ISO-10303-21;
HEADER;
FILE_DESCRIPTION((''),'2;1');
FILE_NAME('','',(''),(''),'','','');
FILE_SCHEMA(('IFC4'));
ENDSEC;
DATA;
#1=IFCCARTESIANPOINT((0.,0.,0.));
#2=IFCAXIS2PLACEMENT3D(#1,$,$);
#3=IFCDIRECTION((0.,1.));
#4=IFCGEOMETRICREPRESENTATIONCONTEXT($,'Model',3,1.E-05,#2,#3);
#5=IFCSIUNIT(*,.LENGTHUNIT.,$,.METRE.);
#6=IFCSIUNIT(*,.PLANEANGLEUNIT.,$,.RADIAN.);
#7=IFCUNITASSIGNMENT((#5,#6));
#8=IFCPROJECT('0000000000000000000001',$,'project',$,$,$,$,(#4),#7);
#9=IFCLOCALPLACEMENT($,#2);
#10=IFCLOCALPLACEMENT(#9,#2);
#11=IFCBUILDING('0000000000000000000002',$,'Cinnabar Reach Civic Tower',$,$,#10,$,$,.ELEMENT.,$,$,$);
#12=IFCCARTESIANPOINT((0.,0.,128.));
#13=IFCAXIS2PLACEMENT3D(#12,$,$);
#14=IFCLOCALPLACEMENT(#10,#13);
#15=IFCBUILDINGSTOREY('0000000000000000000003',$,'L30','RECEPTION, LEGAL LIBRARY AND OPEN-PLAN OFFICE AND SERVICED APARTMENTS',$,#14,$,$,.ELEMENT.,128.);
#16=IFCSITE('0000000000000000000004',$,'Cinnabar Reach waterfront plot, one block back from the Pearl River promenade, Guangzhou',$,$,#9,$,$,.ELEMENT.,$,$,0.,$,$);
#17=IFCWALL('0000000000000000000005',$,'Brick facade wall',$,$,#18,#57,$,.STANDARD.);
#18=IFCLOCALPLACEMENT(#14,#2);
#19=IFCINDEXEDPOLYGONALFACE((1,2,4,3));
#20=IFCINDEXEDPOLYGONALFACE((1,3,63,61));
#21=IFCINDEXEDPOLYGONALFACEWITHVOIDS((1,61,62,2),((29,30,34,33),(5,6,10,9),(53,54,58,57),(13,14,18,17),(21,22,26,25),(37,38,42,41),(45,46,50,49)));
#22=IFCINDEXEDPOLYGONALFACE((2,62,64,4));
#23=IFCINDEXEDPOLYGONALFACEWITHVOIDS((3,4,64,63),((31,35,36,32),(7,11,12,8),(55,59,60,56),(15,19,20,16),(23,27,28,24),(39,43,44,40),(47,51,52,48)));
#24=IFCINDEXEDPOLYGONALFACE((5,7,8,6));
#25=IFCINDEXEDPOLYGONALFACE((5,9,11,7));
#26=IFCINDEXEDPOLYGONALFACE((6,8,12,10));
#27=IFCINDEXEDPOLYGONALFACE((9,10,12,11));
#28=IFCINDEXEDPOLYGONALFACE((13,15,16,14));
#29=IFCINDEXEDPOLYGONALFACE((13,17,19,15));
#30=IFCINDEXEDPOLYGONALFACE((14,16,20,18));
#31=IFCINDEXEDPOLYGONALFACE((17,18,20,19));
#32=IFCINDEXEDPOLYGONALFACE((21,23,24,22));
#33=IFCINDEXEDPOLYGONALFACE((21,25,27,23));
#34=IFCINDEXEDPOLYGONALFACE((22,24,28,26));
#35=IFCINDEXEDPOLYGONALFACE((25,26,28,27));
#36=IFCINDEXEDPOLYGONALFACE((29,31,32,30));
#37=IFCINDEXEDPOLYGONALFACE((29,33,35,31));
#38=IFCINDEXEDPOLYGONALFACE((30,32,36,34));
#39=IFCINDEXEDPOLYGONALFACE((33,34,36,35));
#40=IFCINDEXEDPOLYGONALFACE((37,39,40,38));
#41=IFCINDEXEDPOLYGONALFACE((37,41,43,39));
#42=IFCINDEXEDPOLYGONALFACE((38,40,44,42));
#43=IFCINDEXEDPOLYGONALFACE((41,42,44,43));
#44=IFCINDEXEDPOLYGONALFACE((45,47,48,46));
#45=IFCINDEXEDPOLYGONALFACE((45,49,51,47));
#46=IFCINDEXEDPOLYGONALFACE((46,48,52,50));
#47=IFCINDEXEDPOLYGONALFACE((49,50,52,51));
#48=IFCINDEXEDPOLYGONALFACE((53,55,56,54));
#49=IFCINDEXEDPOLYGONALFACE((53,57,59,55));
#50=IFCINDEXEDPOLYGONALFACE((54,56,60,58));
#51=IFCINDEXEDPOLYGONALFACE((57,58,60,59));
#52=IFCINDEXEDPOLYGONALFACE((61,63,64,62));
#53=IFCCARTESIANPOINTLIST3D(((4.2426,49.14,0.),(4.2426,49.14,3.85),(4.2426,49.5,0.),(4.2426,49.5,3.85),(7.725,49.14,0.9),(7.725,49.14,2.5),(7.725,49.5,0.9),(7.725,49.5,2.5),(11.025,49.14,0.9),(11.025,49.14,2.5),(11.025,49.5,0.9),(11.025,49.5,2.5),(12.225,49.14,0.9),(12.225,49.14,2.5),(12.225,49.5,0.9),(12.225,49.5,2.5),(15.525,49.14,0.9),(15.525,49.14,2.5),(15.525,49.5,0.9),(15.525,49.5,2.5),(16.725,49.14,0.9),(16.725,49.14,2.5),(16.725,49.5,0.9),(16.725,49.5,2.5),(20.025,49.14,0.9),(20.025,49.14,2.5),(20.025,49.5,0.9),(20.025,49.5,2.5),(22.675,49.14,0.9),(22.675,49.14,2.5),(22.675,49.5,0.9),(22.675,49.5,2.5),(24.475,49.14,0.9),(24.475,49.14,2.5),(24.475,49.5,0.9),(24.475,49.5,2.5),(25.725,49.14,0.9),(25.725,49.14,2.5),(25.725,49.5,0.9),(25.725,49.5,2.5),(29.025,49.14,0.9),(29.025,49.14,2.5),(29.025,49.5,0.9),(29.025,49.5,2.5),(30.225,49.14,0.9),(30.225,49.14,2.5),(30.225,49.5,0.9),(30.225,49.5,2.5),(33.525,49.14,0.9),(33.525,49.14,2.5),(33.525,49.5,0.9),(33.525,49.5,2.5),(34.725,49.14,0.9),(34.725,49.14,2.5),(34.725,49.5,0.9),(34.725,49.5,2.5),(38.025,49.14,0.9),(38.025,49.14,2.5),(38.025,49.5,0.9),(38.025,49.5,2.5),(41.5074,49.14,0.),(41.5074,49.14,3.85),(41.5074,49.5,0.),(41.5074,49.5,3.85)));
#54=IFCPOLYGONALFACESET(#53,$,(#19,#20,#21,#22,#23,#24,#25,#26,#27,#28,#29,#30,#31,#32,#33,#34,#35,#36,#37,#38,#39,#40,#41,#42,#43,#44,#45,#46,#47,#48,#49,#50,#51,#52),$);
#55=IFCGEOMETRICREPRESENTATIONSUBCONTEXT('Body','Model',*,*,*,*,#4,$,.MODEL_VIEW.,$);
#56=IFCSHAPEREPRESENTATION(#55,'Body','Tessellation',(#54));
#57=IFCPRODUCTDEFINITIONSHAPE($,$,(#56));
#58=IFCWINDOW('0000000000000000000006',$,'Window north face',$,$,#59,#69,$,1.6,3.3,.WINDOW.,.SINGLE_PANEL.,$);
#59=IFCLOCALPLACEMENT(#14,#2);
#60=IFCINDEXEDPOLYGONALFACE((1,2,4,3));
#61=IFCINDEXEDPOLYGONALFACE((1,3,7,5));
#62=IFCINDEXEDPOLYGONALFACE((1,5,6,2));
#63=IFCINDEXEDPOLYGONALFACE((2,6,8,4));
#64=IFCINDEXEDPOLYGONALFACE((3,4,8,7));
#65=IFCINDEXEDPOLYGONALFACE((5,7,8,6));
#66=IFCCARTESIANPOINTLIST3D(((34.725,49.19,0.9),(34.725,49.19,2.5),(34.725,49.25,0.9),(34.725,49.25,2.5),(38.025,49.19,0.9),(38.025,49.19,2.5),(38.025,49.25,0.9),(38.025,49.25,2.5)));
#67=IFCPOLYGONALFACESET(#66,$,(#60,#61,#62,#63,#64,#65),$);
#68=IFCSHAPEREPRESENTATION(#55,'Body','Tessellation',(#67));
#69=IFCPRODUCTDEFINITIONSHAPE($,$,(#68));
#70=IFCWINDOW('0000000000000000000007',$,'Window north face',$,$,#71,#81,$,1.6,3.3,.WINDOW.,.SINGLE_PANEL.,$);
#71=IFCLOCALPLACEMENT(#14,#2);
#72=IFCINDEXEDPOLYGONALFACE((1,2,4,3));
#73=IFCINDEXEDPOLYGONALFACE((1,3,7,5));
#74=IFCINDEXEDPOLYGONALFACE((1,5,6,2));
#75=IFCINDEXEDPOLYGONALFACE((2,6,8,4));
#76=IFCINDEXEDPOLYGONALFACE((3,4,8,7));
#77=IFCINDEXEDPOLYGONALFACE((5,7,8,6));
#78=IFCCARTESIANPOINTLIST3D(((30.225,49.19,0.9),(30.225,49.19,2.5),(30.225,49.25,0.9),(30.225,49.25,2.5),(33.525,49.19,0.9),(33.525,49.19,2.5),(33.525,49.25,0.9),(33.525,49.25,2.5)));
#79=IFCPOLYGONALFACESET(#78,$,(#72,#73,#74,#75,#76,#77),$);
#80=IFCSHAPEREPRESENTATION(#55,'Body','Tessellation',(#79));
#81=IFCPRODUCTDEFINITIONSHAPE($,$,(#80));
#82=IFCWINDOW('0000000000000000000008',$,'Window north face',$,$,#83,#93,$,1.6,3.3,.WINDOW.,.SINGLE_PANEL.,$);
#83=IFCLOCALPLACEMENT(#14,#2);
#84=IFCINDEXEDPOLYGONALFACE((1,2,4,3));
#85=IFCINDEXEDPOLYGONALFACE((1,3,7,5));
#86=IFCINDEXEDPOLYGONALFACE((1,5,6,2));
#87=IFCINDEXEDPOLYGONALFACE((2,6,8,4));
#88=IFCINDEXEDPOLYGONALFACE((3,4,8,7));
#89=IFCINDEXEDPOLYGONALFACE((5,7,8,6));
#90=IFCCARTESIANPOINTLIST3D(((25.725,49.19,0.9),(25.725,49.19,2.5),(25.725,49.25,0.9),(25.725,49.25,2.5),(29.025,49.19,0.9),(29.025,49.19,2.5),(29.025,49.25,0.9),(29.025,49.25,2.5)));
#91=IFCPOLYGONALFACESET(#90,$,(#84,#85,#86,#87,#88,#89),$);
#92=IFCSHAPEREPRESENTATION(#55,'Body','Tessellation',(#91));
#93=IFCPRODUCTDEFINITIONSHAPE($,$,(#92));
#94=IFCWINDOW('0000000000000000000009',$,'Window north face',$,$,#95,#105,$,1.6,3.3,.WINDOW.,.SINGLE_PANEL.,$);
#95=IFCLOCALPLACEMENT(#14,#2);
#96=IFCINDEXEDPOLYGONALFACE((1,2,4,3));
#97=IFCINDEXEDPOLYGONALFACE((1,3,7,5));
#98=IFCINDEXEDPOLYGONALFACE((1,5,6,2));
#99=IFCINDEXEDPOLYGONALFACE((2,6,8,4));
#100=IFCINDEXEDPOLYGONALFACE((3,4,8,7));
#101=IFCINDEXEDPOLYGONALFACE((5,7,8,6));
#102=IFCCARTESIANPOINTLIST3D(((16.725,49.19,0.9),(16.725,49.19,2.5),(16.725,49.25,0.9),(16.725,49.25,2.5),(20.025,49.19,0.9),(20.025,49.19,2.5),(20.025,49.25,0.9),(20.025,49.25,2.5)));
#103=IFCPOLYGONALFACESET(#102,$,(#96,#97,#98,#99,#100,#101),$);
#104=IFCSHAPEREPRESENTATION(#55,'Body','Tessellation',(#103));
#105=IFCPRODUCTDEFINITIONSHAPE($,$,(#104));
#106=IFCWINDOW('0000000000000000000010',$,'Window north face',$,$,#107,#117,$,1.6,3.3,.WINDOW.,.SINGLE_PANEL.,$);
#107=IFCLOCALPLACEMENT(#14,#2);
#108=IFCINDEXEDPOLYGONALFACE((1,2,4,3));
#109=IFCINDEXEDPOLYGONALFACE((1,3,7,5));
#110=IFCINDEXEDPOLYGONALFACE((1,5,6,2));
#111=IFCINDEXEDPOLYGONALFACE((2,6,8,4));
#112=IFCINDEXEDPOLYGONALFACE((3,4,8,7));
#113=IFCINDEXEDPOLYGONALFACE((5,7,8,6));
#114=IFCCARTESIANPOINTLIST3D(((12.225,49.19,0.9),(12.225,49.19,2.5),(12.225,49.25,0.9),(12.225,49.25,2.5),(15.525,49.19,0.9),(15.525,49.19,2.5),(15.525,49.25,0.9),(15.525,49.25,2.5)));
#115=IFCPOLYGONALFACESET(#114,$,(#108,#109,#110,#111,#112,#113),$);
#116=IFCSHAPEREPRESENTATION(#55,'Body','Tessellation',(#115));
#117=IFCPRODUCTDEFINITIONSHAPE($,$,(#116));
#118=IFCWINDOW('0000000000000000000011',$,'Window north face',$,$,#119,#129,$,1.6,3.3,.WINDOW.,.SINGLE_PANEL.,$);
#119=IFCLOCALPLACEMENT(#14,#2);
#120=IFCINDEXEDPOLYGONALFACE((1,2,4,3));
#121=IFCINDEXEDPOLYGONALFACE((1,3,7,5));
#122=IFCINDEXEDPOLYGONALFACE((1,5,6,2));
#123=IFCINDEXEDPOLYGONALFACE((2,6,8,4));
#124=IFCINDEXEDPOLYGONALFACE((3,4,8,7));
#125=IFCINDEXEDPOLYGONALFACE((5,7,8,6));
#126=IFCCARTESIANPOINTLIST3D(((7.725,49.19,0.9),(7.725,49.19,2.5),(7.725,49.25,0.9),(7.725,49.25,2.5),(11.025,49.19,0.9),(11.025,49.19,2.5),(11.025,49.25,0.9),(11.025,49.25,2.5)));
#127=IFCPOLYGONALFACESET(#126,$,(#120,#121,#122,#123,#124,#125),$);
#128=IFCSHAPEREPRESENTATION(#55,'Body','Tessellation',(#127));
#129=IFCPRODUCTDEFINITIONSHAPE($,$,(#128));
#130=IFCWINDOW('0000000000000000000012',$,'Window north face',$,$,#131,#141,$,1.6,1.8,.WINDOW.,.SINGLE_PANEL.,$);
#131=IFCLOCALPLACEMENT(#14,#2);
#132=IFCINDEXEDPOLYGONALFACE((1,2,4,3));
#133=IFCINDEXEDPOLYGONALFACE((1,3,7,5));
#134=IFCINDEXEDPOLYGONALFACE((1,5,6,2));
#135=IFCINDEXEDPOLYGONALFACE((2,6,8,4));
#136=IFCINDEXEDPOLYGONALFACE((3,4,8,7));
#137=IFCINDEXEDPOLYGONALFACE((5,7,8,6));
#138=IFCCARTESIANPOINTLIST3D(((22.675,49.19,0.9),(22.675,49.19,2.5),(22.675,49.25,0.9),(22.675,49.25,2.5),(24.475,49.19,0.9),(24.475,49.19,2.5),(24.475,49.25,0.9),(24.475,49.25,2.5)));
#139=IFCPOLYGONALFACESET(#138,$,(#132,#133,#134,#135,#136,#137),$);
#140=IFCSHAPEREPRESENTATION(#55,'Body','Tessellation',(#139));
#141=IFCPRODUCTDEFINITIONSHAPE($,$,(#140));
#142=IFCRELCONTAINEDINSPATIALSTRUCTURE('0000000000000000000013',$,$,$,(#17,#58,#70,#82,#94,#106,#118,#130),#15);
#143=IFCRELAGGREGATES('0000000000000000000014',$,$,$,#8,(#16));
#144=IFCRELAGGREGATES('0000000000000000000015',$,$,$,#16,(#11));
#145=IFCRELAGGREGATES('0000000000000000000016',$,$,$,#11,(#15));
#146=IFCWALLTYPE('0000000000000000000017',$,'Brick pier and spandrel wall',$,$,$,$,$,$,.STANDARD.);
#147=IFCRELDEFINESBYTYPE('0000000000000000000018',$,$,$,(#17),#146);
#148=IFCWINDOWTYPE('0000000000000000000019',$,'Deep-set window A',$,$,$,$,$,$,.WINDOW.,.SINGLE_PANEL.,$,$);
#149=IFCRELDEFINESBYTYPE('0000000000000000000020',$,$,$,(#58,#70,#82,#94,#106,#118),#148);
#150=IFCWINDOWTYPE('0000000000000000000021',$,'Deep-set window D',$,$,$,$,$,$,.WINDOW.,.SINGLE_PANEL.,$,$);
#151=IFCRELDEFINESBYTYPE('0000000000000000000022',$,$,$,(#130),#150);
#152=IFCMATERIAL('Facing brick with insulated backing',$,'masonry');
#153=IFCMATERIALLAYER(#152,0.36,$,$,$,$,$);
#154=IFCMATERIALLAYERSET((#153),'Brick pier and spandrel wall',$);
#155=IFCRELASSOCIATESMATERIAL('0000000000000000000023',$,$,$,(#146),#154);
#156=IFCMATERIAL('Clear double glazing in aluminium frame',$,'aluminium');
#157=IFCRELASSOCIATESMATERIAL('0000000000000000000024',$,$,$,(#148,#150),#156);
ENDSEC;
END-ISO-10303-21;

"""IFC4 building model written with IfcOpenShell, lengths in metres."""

from ifc_helpers import new_model, si_unit, direction, frame, frame_2d, origin, place, context, subcontext, project, spatial, rectangle, extrude, material, layer, layer_set, type_object, element, fill, save


model = new_model("IFC4")

# Units and contexts
model_context = context("Model", 3, precision=1e-05, world=origin(), true_north=direction((0.0, 1.0)))
body_context = subcontext(model_context, "Body", "Model", "MODEL_VIEW")
ifc_project = project(units=[si_unit("LENGTHUNIT", "METRE"), si_unit("PLANEANGLEUNIT", "RADIAN")], contexts=[model_context])

# Site, building, storey
site_placement = place(None, origin())
site = spatial("IfcSite", under=ifc_project, at=site_placement, Name="Cinnabar Reach waterfront plot, one block back from the Pearl River promenade, Guangzhou", CompositionType="ELEMENT", RefElevation=0.0)
building_placement = place(site_placement, origin())
building = spatial("IfcBuilding", under=site, at=building_placement, Name="Cinnabar Reach Civic Tower", CompositionType="ELEMENT")
storey_placement = place(building_placement, frame((0.0, 0.0, 128.0)))
storey = spatial("IfcBuildingStorey", under=building, at=storey_placement, Name="L30", Description="RECEPTION, LEGAL LIBRARY AND OPEN-PLAN OFFICE AND SERVICED APARTMENTS", CompositionType="ELEMENT", Elevation=128.0)

# Shared definitions
ifc_material_1 = material(Name="Facing brick with insulated backing", Category="masonry")

# Shared definitions
ifc_layer_1 = layer(ifc_material_1, 0.36)
ifc_layer_set_1 = layer_set([ifc_layer_1], Name="Brick pier and spandrel wall")
wall_type_1 = type_object("IfcWallType", Name="Brick pier and spandrel wall", PredefinedType="STANDARD", material=ifc_layer_set_1)
ifc_material_2 = material(Name="Clear double glazing in aluminium frame", Category="aluminium")
window_type_1 = type_object("IfcWindowType", Name="Deep-set window A", PartitioningType="SINGLE_PANEL", PredefinedType="WINDOW", material=ifc_material_2)

# Wall, openings, windows
wall_1_placement = place(storey_placement, frame((41.5074, 49.32, 0.0), z_axis=(0.0, 0.0, 1.0), x_axis=(-1.0, 0.0, 0.0)))
wall_1 = element("IfcWall", 1, at=wall_1_placement, inside=storey, type_object=wall_type_1, Name="Brick facade wall", PredefinedType="STANDARD", context=body_context, shape_type="SweptSolid", body=[
    extrude(rectangle(XDim=37.2648, YDim=0.36, at=frame_2d((18.6324, 0.0))), origin(), (0.0, 0.0, 1.0), 3.85),
])
opening_1_placement = place(wall_1_placement, frame((3.4824, 0.0, 0.9)))
opening_1 = element("IfcOpeningElement", 2, at=opening_1_placement, cuts=wall_1, PredefinedType="OPENING", context=body_context, shape_type="SweptSolid", body=[
    extrude(rectangle(XDim=3.3, YDim=1.6, at=frame_2d((1.65, 0.8))), frame((0.0, 0.19, 0.0), z_axis=(0.0, -1.0, 0.0), x_axis=(1.0, 0.0, 0.0)), (0.0, 0.0, 1.0), 0.38),
])
opening_2_placement = place(wall_1_placement, frame((7.9824, 0.0, 0.9)))
opening_2 = element("IfcOpeningElement", 3, at=opening_2_placement, cuts=wall_1, PredefinedType="OPENING", context=body_context, shape_type="SweptSolid", body=[
    extrude(rectangle(XDim=3.3, YDim=1.6, at=frame_2d((1.65, 0.8))), frame((0.0, 0.19, 0.0), z_axis=(0.0, -1.0, 0.0), x_axis=(1.0, 0.0, 0.0)), (0.0, 0.0, 1.0), 0.38),
])
opening_3_placement = place(wall_1_placement, frame((12.4824, 0.0, 0.9)))
opening_3 = element("IfcOpeningElement", 4, at=opening_3_placement, cuts=wall_1, PredefinedType="OPENING", context=body_context, shape_type="SweptSolid", body=[
    extrude(rectangle(XDim=3.3, YDim=1.6, at=frame_2d((1.65, 0.8))), frame((0.0, 0.19, 0.0), z_axis=(0.0, -1.0, 0.0), x_axis=(1.0, 0.0, 0.0)), (0.0, 0.0, 1.0), 0.38),
])
opening_4_placement = place(wall_1_placement, frame((17.0324, 0.0, 0.9)))
opening_4 = element("IfcOpeningElement", 5, at=opening_4_placement, cuts=wall_1, PredefinedType="OPENING", context=body_context, shape_type="SweptSolid", body=[
    extrude(rectangle(XDim=1.8, YDim=1.6, at=frame_2d((0.9, 0.8))), frame((0.0, 0.19, 0.0), z_axis=(0.0, -1.0, 0.0), x_axis=(1.0, 0.0, 0.0)), (0.0, 0.0, 1.0), 0.38),
])
opening_5_placement = place(wall_1_placement, frame((21.4824, 0.0, 0.9)))
opening_5 = element("IfcOpeningElement", 6, at=opening_5_placement, cuts=wall_1, PredefinedType="OPENING", context=body_context, shape_type="SweptSolid", body=[
    extrude(rectangle(XDim=3.3, YDim=1.6, at=frame_2d((1.65, 0.8))), frame((0.0, 0.19, 0.0), z_axis=(0.0, -1.0, 0.0), x_axis=(1.0, 0.0, 0.0)), (0.0, 0.0, 1.0), 0.38),
])
opening_6_placement = place(wall_1_placement, frame((25.9824, 0.0, 0.9)))
opening_6 = element("IfcOpeningElement", 7, at=opening_6_placement, cuts=wall_1, PredefinedType="OPENING", context=body_context, shape_type="SweptSolid", body=[
    extrude(rectangle(XDim=3.3, YDim=1.6, at=frame_2d((1.65, 0.8))), frame((0.0, 0.19, 0.0), z_axis=(0.0, -1.0, 0.0), x_axis=(1.0, 0.0, 0.0)), (0.0, 0.0, 1.0), 0.38),
])
opening_7_placement = place(wall_1_placement, frame((30.4824, 0.0, 0.9)))
opening_7 = element("IfcOpeningElement", 8, at=opening_7_placement, cuts=wall_1, PredefinedType="OPENING", context=body_context, shape_type="SweptSolid", body=[
    extrude(rectangle(XDim=3.3, YDim=1.6, at=frame_2d((1.65, 0.8))), frame((0.0, 0.19, 0.0), z_axis=(0.0, -1.0, 0.0), x_axis=(1.0, 0.0, 0.0)), (0.0, 0.0, 1.0), 0.38),
])
window_1_placement = place(opening_1_placement, origin())
window_1 = element("IfcWindow", 9, at=window_1_placement, inside=storey, type_object=window_type_1, Name="Window north face", OverallHeight=1.6, OverallWidth=3.3, PartitioningType="SINGLE_PANEL", PredefinedType="WINDOW", context=body_context, shape_type="SweptSolid", body=[
    extrude(rectangle(XDim=3.3, YDim=1.6, at=frame_2d((1.65, 0.8))), frame((0.0, 0.13, 0.0), z_axis=(0.0, -1.0, 0.0), x_axis=(1.0, 0.0, 0.0)), (0.0, 0.0, 1.0), 0.06),
])
fill(opening_1, window_1)
window_2_placement = place(opening_2_placement, origin())
window_2 = element("IfcWindow", 10, at=window_2_placement, inside=storey, type_object=window_type_1, Name="Window north face", OverallHeight=1.6, OverallWidth=3.3, PartitioningType="SINGLE_PANEL", PredefinedType="WINDOW", context=body_context, shape_type="SweptSolid", body=[
    extrude(rectangle(XDim=3.3, YDim=1.6, at=frame_2d((1.65, 0.8))), frame((0.0, 0.13, 0.0), z_axis=(0.0, -1.0, 0.0), x_axis=(1.0, 0.0, 0.0)), (0.0, 0.0, 1.0), 0.06),
])
fill(opening_2, window_2)
window_3_placement = place(opening_3_placement, origin())
window_3 = element("IfcWindow", 11, at=window_3_placement, inside=storey, type_object=window_type_1, Name="Window north face", OverallHeight=1.6, OverallWidth=3.3, PartitioningType="SINGLE_PANEL", PredefinedType="WINDOW", context=body_context, shape_type="SweptSolid", body=[
    extrude(rectangle(XDim=3.3, YDim=1.6, at=frame_2d((1.65, 0.8))), frame((0.0, 0.13, 0.0), z_axis=(0.0, -1.0, 0.0), x_axis=(1.0, 0.0, 0.0)), (0.0, 0.0, 1.0), 0.06),
])
fill(opening_3, window_3)
window_4_placement = place(opening_5_placement, origin())
window_4 = element("IfcWindow", 12, at=window_4_placement, inside=storey, type_object=window_type_1, Name="Window north face", OverallHeight=1.6, OverallWidth=3.3, PartitioningType="SINGLE_PANEL", PredefinedType="WINDOW", context=body_context, shape_type="SweptSolid", body=[
    extrude(rectangle(XDim=3.3, YDim=1.6, at=frame_2d((1.65, 0.8))), frame((0.0, 0.13, 0.0), z_axis=(0.0, -1.0, 0.0), x_axis=(1.0, 0.0, 0.0)), (0.0, 0.0, 1.0), 0.06),
])
fill(opening_5, window_4)
window_5_placement = place(opening_6_placement, origin())
window_5 = element("IfcWindow", 13, at=window_5_placement, inside=storey, type_object=window_type_1, Name="Window north face", OverallHeight=1.6, OverallWidth=3.3, PartitioningType="SINGLE_PANEL", PredefinedType="WINDOW", context=body_context, shape_type="SweptSolid", body=[
    extrude(rectangle(XDim=3.3, YDim=1.6, at=frame_2d((1.65, 0.8))), frame((0.0, 0.13, 0.0), z_axis=(0.0, -1.0, 0.0), x_axis=(1.0, 0.0, 0.0)), (0.0, 0.0, 1.0), 0.06),
])
fill(opening_6, window_5)
window_6_placement = place(opening_7_placement, origin())
window_6 = element("IfcWindow", 14, at=window_6_placement, inside=storey, type_object=window_type_1, Name="Window north face", OverallHeight=1.6, OverallWidth=3.3, PartitioningType="SINGLE_PANEL", PredefinedType="WINDOW", context=body_context, shape_type="SweptSolid", body=[
    extrude(rectangle(XDim=3.3, YDim=1.6, at=frame_2d((1.65, 0.8))), frame((0.0, 0.13, 0.0), z_axis=(0.0, -1.0, 0.0), x_axis=(1.0, 0.0, 0.0)), (0.0, 0.0, 1.0), 0.06),
])
fill(opening_7, window_6)
window_type_2 = type_object("IfcWindowType", Name="Deep-set window D", PartitioningType="SINGLE_PANEL", PredefinedType="WINDOW", material=ifc_material_2)
window_7_placement = place(opening_4_placement, origin())
window_7 = element("IfcWindow", 15, at=window_7_placement, inside=storey, type_object=window_type_2, Name="Window north face", OverallHeight=1.6, OverallWidth=1.8, PartitioningType="SINGLE_PANEL", PredefinedType="WINDOW", context=body_context, shape_type="SweptSolid", body=[
    extrude(rectangle(XDim=1.8, YDim=1.6, at=frame_2d((0.9, 0.8))), frame((0.0, 0.13, 0.0), z_axis=(0.0, -1.0, 0.0), x_axis=(1.0, 0.0, 0.0)), (0.0, 0.0, 1.0), 0.06),
])
fill(opening_4, window_7)

save(model, "model.ifc")
